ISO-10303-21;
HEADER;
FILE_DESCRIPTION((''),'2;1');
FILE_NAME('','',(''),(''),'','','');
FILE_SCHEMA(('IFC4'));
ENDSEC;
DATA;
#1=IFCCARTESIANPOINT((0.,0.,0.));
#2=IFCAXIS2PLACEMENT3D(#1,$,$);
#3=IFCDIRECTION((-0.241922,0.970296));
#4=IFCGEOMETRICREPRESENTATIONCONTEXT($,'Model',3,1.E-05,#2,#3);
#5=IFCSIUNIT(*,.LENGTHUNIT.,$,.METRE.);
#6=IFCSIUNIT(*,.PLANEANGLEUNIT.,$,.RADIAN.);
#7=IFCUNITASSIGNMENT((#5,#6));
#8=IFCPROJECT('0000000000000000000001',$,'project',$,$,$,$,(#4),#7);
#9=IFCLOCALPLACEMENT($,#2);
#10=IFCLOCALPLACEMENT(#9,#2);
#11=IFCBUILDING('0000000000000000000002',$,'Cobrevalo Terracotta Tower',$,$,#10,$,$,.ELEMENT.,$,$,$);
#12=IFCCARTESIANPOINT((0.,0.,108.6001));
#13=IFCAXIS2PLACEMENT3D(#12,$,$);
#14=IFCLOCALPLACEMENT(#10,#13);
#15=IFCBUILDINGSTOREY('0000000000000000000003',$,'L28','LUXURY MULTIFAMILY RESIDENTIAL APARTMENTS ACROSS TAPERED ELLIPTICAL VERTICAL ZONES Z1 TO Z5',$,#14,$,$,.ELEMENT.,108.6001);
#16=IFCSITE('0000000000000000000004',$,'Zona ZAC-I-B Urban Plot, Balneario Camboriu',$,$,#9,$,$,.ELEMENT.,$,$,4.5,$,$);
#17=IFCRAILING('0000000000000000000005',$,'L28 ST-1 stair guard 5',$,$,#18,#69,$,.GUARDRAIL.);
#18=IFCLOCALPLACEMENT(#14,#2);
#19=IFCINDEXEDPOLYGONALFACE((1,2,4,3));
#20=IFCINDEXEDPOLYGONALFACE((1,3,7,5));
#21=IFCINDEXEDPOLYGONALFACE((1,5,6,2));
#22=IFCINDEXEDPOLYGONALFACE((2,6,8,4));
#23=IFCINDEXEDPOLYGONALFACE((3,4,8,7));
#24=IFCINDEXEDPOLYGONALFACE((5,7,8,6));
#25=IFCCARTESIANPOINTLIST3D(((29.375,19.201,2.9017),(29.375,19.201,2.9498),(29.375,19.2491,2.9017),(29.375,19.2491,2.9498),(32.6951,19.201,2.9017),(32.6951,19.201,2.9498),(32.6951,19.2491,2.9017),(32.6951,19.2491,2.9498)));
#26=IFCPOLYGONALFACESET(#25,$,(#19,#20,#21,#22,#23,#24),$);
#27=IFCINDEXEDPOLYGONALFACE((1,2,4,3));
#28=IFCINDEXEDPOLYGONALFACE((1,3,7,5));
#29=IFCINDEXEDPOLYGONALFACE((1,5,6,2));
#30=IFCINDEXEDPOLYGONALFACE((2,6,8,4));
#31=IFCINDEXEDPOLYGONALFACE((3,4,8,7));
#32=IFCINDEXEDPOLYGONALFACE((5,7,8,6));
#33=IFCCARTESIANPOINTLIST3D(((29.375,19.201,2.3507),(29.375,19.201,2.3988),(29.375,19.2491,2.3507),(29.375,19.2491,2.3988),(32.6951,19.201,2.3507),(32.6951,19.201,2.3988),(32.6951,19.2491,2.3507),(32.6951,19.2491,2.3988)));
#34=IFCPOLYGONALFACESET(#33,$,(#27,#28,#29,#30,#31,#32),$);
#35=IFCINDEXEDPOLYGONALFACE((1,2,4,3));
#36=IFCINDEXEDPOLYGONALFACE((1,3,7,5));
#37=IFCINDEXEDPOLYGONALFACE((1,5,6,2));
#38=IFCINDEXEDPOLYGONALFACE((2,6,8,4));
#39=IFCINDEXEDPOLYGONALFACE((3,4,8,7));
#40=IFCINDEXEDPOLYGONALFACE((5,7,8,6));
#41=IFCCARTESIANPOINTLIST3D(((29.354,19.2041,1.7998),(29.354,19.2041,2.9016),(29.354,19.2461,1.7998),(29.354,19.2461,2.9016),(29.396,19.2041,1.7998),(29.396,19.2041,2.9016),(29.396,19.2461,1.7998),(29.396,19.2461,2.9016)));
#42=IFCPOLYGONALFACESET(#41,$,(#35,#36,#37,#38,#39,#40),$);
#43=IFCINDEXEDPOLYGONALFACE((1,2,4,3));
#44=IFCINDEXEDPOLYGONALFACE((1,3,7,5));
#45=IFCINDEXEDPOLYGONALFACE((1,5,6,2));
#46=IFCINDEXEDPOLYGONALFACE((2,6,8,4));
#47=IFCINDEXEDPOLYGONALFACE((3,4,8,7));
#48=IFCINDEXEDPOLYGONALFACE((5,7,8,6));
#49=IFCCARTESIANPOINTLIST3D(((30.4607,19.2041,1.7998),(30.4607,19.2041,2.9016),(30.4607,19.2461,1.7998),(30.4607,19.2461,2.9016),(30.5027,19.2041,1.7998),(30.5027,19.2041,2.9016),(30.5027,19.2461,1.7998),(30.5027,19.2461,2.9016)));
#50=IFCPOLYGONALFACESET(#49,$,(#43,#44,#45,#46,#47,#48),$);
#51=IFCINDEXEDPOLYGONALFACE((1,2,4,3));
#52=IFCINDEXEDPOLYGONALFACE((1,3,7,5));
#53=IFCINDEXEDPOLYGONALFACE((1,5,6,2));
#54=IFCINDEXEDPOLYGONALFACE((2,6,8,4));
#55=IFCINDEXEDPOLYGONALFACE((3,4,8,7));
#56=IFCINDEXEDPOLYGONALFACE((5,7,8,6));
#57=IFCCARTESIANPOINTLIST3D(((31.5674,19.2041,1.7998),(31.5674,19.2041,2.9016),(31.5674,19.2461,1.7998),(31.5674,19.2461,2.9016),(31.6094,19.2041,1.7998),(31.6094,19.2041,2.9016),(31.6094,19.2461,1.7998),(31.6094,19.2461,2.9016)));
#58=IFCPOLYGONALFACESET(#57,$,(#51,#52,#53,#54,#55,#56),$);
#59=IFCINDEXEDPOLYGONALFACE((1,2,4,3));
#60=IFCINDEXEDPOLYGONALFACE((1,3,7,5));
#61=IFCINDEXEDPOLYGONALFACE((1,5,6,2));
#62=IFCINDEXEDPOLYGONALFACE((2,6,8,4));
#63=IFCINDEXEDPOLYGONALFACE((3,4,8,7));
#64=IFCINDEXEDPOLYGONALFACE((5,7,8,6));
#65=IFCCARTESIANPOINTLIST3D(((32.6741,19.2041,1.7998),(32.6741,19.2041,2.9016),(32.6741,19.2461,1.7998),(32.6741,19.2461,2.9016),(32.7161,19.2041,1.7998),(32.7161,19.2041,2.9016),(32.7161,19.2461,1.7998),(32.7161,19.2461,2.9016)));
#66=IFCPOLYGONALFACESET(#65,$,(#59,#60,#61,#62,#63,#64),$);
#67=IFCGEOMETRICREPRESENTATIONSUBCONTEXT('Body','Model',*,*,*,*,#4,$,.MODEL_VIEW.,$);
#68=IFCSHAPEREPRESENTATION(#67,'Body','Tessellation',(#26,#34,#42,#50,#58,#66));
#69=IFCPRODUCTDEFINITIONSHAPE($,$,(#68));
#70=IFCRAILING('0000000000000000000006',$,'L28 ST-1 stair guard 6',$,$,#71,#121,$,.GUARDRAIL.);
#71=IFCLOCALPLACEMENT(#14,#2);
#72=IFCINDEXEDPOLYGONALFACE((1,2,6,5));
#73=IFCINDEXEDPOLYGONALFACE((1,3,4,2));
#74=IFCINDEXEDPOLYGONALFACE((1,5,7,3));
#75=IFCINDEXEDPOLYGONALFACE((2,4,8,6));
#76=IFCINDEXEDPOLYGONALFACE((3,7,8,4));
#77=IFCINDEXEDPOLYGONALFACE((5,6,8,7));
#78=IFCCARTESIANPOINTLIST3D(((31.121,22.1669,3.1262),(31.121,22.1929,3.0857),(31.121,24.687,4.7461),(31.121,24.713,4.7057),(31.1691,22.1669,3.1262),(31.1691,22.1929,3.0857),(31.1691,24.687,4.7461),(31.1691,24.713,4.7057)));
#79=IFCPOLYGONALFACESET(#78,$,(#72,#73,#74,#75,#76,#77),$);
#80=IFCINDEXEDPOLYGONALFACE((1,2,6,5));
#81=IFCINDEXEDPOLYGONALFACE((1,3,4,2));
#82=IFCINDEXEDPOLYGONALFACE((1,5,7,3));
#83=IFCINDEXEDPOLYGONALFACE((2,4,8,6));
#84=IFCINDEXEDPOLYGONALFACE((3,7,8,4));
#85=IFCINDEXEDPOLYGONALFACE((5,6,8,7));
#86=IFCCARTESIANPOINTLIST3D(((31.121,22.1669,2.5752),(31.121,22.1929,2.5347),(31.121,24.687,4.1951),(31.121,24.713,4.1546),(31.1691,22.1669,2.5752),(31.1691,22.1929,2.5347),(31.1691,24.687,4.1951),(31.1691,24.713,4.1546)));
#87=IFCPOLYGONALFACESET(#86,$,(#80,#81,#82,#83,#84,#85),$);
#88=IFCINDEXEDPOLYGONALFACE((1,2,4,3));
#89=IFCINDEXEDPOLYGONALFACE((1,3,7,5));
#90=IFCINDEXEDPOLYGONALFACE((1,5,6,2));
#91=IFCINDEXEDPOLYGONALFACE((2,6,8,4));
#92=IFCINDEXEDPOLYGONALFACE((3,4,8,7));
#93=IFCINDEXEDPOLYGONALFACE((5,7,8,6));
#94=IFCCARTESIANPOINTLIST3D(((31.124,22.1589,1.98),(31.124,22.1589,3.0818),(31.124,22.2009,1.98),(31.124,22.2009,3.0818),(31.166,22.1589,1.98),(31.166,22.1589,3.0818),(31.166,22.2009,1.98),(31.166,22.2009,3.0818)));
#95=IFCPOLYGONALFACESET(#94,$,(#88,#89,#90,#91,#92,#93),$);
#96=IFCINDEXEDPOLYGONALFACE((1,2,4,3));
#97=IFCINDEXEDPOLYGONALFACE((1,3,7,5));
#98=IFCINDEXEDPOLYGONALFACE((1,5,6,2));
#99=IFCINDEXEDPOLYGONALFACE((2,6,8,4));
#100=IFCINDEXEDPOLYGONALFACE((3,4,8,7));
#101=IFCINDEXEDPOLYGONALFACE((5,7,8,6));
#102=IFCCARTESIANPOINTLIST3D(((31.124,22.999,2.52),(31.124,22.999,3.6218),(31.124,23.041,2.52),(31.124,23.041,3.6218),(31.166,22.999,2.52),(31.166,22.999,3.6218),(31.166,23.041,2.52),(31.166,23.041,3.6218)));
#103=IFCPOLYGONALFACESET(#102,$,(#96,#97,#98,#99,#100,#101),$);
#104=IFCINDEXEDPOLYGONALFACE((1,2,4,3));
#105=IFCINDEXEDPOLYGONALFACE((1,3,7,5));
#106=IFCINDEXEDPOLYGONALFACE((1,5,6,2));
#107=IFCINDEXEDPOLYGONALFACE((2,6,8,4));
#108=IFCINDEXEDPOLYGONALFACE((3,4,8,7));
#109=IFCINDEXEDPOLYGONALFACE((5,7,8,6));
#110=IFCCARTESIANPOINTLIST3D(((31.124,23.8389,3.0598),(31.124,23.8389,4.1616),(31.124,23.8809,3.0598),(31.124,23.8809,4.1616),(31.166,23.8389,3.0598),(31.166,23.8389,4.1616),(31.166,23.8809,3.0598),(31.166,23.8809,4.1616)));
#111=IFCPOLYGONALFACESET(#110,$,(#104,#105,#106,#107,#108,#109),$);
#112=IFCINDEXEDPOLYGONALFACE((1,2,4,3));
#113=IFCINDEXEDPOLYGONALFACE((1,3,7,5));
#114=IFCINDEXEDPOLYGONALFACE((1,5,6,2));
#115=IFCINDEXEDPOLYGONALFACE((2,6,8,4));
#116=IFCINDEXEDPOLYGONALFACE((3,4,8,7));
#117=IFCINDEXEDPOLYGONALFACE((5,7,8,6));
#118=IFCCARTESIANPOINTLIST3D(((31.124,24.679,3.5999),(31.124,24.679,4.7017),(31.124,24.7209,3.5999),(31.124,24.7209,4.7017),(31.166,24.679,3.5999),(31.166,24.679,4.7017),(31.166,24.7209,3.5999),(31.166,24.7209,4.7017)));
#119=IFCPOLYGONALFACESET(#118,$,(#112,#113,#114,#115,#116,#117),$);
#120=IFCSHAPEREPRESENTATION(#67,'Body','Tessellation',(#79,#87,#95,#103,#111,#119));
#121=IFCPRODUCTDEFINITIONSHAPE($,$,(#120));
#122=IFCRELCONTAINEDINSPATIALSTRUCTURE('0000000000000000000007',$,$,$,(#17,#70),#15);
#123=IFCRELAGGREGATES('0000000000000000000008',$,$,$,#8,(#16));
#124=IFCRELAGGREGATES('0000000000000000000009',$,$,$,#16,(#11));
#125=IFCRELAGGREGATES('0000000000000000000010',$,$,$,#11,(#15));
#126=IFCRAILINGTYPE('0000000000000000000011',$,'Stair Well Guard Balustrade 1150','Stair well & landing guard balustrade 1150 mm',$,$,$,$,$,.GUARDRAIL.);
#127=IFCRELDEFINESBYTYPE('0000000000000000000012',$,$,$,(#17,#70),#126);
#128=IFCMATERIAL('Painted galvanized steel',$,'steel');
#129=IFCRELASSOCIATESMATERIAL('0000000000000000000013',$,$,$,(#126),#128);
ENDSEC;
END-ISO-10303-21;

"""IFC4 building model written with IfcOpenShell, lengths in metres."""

from ifc_helpers import new_model, si_unit, direction, frame, origin, origin_2d, place, context, subcontext, project, spatial, rectangle, extrude, material, type_object, element, save


model = new_model("IFC4")

# Units and contexts
model_context = context("Model", 3, precision=1e-05, world=origin(), true_north=direction((-0.241922, 0.970296)))
body_context = subcontext(model_context, "Body", "Model", "MODEL_VIEW")
ifc_project = project(units=[si_unit("LENGTHUNIT", "METRE"), si_unit("PLANEANGLEUNIT", "RADIAN")], contexts=[model_context])

# Site, building, storey
site_placement = place(None, origin())
site = spatial("IfcSite", under=ifc_project, at=site_placement, Name="Zona ZAC-I-B Urban Plot, Balneario Camboriu", CompositionType="ELEMENT", RefElevation=4.5)
building_placement = place(site_placement, origin())
building = spatial("IfcBuilding", under=site, at=building_placement, Name="Cobrevalo Terracotta Tower", CompositionType="ELEMENT")
storey_placement = place(building_placement, frame((0.0, 0.0, 108.6001)))
storey = spatial("IfcBuildingStorey", under=building, at=storey_placement, Name="L28", Description="LUXURY MULTIFAMILY RESIDENTIAL APARTMENTS ACROSS TAPERED ELLIPTICAL VERTICAL ZONES Z1 TO Z5", CompositionType="ELEMENT", Elevation=108.6001)

# Railings
ifc_material_1 = material(Name="Painted galvanized steel", Category="steel")
railing_type_1 = type_object("IfcRailingType", Name="Stair Well Guard Balustrade 1150", Description="Stair well & landing guard balustrade 1150 mm", PredefinedType="GUARDRAIL", material=ifc_material_1)
railing_1_placement = place(storey_placement, frame((29.375, 19.2251, 1.7998)))
element("IfcRailing", 1, at=railing_1_placement, inside=storey, type_object=railing_type_1, Name="L28 ST-1 stair guard 5", PredefinedType="GUARDRAIL", context=body_context, shape_type="SweptSolid", body=[
    extrude(rectangle(XDim=0.0481, YDim=0.0481, at=origin_2d()), frame((0.0, 0.0, 1.126), z_axis=(1.0, 0.0, 0.0), x_axis=(0.0, 1.0, 0.0)), (0.0, 0.0, 1.0), 3.3201),
    extrude(rectangle(XDim=0.0481, YDim=0.0481, at=origin_2d()), frame((0.0, 0.0, 0.575), z_axis=(1.0, 0.0, 0.0), x_axis=(0.0, 1.0, 0.0)), (0.0, 0.0, 1.0), 3.3201),
    extrude(rectangle(XDim=0.042, YDim=0.042, at=origin_2d()), origin(), (0.0, 0.0, 1.0), 1.1018),
    extrude(rectangle(XDim=0.042, YDim=0.042, at=origin_2d()), frame((1.1067, 0.0, 0.0)), (0.0, 0.0, 1.0), 1.1018),
    extrude(rectangle(XDim=0.042, YDim=0.042, at=origin_2d()), frame((2.2134, 0.0, 0.0)), (0.0, 0.0, 1.0), 1.1018),
    extrude(rectangle(XDim=0.042, YDim=0.042, at=origin_2d()), frame((3.3201, 0.0, 0.0)), (0.0, 0.0, 1.0), 1.1018),
])
railing_2_placement = place(storey_placement, frame((31.145, 22.1799, 1.98)))
element("IfcRailing", 2, at=railing_2_placement, inside=storey, type_object=railing_type_1, Name="L28 ST-1 stair guard 6", PredefinedType="GUARDRAIL", context=body_context, shape_type="SweptSolid", body=[
    extrude(rectangle(XDim=0.0481, YDim=0.0481, at=origin_2d()), frame((0.0, 0.0, 1.126), z_axis=(0.0, 0.8412, 0.540725), x_axis=(-1.0, 0.0, 0.0)), (0.0, 0.0, 1.0), 2.9958),
    extrude(rectangle(XDim=0.0481, YDim=0.0481, at=origin_2d()), frame((0.0, 0.0, 0.575), z_axis=(0.0, 0.8412, 0.540725), x_axis=(-1.0, 0.0, 0.0)), (0.0, 0.0, 1.0), 2.9958),
    extrude(rectangle(XDim=0.042, YDim=0.042, at=origin_2d()), origin(), (0.0, 0.0, 1.0), 1.1018),
    extrude(rectangle(XDim=0.042, YDim=0.042, at=origin_2d()), frame((0.0, 0.8401, 0.54)), (0.0, 0.0, 1.0), 1.1018),
    extrude(rectangle(XDim=0.042, YDim=0.042, at=origin_2d()), frame((0.0, 1.6799, 1.0798)), (0.0, 0.0, 1.0), 1.1018),
    extrude(rectangle(XDim=0.042, YDim=0.042, at=origin_2d()), frame((0.0, 2.52, 1.6199)), (0.0, 0.0, 1.0), 1.1018),
])

save(model, "model.ifc")
